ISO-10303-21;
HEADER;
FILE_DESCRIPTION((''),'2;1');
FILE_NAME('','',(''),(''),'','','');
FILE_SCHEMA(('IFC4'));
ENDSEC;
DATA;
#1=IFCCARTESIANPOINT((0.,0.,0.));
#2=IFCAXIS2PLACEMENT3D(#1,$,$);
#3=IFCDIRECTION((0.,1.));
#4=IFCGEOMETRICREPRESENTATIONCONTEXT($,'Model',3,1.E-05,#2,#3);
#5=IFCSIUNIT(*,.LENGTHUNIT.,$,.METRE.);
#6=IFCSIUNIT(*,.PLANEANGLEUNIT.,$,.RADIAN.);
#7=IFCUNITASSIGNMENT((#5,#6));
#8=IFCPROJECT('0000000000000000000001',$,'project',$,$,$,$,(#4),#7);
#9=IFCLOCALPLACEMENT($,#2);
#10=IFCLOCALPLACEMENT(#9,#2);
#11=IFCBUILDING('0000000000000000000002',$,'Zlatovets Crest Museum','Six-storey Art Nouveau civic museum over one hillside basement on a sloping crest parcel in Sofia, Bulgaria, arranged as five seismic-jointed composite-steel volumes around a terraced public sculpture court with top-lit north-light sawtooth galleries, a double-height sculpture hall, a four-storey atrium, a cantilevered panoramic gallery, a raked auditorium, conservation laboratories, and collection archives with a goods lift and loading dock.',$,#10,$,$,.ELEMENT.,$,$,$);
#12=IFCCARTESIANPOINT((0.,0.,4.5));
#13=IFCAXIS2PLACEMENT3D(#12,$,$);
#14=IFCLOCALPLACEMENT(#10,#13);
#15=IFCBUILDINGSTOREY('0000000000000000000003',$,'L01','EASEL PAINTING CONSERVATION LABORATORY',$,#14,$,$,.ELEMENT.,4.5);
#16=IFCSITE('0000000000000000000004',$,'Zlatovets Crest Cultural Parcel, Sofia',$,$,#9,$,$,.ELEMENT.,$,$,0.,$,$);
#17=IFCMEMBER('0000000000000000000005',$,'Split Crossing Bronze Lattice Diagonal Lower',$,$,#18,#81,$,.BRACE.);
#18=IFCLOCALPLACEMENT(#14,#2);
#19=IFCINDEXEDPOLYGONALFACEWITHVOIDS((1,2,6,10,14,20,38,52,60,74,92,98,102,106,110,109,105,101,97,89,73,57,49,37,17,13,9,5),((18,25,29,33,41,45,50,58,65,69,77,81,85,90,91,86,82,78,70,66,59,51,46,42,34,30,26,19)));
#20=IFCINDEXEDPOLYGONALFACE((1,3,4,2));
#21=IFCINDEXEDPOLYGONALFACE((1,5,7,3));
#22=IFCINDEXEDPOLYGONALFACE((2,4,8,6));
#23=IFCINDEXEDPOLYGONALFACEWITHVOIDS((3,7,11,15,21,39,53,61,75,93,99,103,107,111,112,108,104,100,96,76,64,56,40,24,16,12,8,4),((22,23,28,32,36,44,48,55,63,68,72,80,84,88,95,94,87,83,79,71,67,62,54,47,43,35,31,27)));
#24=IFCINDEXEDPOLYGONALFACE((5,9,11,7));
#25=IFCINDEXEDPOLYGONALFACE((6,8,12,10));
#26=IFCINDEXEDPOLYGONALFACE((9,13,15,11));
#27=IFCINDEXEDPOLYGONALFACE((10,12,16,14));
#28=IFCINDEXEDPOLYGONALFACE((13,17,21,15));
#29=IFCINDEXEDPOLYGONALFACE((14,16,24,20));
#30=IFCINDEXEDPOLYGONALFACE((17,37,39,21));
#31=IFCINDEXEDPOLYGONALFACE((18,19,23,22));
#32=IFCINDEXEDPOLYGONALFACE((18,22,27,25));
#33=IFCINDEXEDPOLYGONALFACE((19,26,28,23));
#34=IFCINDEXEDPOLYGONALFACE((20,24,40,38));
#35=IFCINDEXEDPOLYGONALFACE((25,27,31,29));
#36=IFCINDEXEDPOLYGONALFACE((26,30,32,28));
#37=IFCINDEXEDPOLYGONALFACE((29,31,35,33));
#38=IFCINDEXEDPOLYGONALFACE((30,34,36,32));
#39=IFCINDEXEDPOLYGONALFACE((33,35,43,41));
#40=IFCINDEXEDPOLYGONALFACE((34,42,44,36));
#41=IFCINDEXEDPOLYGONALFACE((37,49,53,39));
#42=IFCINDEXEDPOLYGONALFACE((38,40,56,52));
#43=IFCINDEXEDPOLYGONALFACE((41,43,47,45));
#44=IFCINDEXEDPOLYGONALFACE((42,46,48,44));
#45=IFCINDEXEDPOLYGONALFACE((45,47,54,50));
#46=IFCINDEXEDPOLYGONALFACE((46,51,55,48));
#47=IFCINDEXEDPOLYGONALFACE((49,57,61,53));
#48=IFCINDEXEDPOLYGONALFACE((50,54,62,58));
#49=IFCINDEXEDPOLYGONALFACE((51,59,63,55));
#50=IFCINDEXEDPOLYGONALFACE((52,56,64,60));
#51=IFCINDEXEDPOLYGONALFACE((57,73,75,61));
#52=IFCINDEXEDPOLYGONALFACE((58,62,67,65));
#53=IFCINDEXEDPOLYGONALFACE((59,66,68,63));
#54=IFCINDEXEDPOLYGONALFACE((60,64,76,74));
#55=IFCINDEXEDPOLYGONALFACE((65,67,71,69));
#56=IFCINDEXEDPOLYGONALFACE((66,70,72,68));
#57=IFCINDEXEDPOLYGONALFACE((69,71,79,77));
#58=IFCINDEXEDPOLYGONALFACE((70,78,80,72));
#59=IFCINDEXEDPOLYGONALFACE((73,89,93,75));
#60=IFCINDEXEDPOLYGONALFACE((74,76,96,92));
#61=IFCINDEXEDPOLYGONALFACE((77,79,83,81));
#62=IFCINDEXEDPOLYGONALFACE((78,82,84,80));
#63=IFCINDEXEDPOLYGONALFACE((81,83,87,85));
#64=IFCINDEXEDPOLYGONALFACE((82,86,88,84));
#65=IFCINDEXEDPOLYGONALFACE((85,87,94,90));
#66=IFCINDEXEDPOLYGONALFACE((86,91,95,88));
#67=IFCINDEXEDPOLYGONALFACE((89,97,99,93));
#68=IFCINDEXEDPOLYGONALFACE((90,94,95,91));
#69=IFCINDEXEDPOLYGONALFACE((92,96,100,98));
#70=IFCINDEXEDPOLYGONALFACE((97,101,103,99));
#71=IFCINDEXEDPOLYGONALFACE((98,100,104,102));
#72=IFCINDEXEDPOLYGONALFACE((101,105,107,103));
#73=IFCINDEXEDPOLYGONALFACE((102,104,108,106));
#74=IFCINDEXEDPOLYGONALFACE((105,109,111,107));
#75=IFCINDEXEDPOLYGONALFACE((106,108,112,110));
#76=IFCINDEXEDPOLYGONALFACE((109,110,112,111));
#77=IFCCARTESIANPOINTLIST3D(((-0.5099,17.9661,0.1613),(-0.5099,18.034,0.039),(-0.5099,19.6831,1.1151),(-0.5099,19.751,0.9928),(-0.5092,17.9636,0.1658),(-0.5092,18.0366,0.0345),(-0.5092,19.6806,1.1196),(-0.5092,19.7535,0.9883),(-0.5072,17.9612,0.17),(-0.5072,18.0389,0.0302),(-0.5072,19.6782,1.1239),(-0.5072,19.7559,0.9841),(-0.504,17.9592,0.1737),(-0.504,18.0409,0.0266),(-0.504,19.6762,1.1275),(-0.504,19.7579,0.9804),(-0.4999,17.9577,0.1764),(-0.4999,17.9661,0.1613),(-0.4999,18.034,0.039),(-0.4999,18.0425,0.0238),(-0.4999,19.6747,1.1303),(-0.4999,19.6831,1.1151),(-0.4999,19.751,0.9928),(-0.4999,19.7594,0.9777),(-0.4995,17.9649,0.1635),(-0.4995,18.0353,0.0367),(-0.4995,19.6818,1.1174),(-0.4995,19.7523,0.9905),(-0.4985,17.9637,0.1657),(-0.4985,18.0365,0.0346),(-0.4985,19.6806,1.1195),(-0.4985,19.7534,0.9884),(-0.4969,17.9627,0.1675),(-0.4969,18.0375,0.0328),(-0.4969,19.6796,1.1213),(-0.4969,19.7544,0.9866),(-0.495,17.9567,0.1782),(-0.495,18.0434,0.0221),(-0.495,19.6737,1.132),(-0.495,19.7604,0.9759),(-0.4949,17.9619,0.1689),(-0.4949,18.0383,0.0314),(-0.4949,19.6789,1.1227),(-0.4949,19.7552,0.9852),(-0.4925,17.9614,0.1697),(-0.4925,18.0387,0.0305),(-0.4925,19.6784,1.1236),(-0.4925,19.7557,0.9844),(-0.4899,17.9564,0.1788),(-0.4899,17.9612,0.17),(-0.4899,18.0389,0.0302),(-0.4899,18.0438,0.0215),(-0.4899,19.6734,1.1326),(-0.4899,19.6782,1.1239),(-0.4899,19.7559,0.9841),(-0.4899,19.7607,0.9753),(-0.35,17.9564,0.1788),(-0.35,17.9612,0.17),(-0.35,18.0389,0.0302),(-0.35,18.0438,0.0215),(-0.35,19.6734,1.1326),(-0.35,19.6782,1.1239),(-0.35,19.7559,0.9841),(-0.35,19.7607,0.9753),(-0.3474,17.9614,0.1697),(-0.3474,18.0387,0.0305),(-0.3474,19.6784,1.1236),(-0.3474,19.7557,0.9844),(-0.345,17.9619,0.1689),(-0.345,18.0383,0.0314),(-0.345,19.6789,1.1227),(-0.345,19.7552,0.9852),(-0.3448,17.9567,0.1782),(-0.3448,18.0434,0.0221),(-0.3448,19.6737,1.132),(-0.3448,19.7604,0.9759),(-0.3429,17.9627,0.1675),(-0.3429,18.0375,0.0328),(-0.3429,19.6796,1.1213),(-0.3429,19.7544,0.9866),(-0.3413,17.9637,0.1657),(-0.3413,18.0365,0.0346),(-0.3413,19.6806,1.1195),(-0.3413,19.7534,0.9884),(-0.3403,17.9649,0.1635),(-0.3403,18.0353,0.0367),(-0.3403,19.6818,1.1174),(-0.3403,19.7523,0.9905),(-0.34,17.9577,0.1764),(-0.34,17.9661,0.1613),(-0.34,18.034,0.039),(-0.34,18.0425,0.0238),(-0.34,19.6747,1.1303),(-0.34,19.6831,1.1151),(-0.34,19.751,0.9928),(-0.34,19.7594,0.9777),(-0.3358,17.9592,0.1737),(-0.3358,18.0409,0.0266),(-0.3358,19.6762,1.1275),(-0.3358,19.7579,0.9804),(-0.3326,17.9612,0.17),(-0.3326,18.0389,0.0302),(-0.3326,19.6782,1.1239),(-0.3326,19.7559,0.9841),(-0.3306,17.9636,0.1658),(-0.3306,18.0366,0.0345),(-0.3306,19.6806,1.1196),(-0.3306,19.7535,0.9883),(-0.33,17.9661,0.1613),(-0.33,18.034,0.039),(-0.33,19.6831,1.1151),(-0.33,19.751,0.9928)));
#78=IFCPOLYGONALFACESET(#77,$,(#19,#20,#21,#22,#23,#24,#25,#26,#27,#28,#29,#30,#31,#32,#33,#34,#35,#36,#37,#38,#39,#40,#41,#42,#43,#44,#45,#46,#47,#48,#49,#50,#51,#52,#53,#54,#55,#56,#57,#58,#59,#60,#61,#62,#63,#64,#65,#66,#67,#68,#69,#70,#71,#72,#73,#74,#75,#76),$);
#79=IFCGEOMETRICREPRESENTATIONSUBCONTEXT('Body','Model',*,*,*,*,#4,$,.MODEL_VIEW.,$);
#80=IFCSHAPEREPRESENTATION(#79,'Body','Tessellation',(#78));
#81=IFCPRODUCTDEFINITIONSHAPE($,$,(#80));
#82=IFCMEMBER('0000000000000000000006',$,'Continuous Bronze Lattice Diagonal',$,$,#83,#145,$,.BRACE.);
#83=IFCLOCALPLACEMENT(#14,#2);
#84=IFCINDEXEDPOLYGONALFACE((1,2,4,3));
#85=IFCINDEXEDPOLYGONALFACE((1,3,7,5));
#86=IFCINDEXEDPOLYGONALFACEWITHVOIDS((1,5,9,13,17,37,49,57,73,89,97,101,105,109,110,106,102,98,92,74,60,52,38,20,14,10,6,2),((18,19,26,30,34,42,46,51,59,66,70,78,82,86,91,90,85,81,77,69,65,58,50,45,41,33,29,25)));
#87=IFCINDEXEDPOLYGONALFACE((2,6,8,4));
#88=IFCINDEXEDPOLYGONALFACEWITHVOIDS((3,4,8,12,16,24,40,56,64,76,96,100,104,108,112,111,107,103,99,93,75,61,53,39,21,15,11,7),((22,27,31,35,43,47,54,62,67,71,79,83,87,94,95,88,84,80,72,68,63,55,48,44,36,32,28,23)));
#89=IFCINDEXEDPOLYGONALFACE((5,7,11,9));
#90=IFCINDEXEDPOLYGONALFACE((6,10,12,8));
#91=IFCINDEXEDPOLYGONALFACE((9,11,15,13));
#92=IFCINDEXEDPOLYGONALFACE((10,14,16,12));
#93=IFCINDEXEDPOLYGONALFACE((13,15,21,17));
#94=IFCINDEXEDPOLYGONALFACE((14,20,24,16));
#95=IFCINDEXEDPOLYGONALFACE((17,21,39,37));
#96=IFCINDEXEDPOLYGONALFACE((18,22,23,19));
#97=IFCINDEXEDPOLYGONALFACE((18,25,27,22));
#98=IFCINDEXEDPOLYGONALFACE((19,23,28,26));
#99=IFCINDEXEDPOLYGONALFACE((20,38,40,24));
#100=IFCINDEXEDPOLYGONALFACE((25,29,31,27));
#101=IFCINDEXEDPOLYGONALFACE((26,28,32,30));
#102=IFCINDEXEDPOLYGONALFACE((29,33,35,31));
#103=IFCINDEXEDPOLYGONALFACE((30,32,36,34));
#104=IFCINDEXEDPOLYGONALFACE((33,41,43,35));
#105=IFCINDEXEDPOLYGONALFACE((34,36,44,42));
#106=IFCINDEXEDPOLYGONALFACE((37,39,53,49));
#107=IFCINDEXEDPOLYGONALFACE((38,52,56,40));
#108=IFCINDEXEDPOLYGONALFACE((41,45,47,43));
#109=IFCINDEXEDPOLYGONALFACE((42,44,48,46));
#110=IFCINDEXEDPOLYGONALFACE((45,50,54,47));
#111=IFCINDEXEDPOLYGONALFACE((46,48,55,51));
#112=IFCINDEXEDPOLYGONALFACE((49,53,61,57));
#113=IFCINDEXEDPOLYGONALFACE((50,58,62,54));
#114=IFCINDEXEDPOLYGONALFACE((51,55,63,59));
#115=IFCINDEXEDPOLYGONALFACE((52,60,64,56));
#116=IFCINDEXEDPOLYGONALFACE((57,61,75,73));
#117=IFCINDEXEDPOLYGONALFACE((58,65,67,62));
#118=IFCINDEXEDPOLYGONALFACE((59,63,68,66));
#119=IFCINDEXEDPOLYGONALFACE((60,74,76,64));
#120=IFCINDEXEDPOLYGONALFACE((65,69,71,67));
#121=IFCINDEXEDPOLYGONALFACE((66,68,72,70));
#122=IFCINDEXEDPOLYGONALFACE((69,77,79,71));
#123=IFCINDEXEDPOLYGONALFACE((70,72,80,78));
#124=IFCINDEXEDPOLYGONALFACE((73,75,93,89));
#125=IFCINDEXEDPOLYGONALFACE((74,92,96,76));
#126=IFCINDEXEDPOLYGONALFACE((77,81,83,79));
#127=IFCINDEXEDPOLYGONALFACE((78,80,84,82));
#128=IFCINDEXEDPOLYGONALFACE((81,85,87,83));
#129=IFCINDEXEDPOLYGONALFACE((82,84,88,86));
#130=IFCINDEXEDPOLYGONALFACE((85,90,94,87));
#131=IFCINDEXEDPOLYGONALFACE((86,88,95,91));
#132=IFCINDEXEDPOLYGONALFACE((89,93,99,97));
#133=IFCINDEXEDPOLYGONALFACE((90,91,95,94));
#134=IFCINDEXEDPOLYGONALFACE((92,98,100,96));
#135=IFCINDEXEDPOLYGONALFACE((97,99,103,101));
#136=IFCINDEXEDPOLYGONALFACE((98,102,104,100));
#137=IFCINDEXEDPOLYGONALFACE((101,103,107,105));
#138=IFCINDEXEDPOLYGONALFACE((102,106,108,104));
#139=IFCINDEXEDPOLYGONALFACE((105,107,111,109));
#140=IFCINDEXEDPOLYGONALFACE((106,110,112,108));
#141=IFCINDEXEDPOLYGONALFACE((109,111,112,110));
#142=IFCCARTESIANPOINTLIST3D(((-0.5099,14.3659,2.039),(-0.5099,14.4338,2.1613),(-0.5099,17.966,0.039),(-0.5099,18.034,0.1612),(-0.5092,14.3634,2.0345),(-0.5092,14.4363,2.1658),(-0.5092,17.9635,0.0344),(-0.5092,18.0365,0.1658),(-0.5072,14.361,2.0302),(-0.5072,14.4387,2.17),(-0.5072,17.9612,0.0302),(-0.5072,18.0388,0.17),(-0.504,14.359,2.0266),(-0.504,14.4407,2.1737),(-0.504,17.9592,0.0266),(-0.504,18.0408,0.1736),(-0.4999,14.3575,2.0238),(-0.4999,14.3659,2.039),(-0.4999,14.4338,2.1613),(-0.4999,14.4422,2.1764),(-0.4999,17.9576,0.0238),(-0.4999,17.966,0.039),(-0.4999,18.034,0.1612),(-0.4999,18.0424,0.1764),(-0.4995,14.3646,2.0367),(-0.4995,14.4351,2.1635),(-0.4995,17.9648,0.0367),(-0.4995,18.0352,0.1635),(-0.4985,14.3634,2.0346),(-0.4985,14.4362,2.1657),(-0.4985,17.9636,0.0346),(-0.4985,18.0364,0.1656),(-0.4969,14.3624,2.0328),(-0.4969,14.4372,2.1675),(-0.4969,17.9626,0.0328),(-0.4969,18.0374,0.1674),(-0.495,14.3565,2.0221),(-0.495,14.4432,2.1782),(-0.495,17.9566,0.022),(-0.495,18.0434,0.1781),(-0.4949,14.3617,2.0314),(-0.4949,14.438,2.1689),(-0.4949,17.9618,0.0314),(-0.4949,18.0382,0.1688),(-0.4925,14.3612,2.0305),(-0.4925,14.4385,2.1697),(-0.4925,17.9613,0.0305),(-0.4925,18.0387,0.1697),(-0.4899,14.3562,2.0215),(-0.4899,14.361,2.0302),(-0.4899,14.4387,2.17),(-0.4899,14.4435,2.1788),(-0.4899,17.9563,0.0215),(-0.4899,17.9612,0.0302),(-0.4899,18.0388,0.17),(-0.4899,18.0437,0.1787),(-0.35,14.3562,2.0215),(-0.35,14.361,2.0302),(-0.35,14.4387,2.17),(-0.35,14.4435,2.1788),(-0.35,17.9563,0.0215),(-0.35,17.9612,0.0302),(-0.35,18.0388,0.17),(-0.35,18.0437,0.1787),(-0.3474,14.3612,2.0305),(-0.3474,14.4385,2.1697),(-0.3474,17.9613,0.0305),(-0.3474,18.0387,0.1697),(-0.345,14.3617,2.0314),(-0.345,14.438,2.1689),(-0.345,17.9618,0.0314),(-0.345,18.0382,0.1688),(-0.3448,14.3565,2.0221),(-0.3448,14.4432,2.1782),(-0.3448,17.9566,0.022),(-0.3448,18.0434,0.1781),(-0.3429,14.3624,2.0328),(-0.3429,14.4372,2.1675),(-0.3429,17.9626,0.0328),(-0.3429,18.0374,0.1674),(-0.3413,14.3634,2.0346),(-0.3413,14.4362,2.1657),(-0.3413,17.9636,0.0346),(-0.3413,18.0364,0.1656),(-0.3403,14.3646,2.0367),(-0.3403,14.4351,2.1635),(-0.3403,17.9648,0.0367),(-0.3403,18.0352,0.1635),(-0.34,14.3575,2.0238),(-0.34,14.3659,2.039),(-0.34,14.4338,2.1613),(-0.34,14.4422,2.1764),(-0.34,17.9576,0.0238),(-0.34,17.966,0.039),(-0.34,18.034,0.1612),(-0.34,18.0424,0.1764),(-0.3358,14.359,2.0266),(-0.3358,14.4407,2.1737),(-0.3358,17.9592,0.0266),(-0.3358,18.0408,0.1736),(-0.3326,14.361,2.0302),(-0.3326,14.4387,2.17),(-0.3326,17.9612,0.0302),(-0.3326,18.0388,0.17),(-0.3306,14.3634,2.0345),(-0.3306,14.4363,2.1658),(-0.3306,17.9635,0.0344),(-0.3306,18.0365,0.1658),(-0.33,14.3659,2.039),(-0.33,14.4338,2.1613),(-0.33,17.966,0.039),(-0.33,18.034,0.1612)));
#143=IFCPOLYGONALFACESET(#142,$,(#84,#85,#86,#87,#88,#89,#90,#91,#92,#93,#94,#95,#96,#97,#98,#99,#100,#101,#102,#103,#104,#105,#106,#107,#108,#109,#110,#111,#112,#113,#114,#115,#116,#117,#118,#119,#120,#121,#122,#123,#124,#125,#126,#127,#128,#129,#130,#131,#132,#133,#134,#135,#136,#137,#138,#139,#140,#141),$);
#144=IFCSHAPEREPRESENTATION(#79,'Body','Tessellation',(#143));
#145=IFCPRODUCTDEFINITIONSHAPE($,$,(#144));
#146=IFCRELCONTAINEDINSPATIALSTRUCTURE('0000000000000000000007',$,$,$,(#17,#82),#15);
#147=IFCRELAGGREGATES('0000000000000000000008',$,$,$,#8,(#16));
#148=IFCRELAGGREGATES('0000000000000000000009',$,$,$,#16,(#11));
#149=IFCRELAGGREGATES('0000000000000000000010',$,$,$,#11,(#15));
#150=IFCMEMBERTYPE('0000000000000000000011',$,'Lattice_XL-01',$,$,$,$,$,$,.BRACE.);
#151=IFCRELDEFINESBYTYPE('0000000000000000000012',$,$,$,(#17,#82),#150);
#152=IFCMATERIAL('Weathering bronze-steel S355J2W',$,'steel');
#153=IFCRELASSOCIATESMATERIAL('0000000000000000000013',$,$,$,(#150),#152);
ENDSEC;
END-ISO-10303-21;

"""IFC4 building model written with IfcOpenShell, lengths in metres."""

from ifc_helpers import new_model, si_unit, direction, frame, origin, origin_2d, place, context, subcontext, project, spatial, hollow_rectangle, extrude, material, material_profile, profile_set, type_object, element, save


model = new_model("IFC4")

# Units and contexts
model_context = context("Model", 3, precision=1e-05, world=origin(), true_north=direction((0.0, 1.0)))
body_context = subcontext(model_context, "Body", "Model", "MODEL_VIEW")
ifc_project = project(units=[si_unit("LENGTHUNIT", "METRE"), si_unit("PLANEANGLEUNIT", "RADIAN")], contexts=[model_context])

# Site, building, storey
site_placement = place(None, origin())
site = spatial("IfcSite", under=ifc_project, at=site_placement, Name="Zlatovets Crest Cultural Parcel, Sofia", CompositionType="ELEMENT", RefElevation=0.0)
building_placement = place(site_placement, origin())
building = spatial("IfcBuilding", under=site, at=building_placement, Name="Zlatovets Crest Museum", Description="Six-storey Art Nouveau civic museum over one hillside basement on a sloping crest parcel in Sofia, Bulgaria, arranged as five seismic-jointed composite-steel volumes around a terraced public sculpture court with top-lit north-light sawtooth galleries, a double-height sculpture hall, a four-storey atrium, a cantilevered panoramic gallery, a raked auditorium, conservation laboratories, and collection archives with a goods lift and loading dock.", CompositionType="ELEMENT")
storey_placement = place(building_placement, frame((0.0, 0.0, 4.5)))
storey = spatial("IfcBuildingStorey", under=building, at=storey_placement, Name="L01", Description="EASEL PAINTING CONSERVATION LABORATORY", CompositionType="ELEMENT", Elevation=4.5)

# Members
ifc_material_1 = material(Name="Weathering bronze-steel S355J2W", Category="steel")
ifc_material_profile_1 = material_profile(ifc_material_1, hollow_rectangle(XDim=0.1799, YDim=0.1799, WallThickness=0.01, InnerFilletRadius=0.01, OuterFilletRadius=0.02, at=origin_2d()), Name="SHS 180x180x10.0")
ifc_profile_set_1 = profile_set([ifc_material_profile_1], Name="Weathering bronze-steel S355J2W")
member_type_1 = type_object("IfcMemberType", Name="Lattice_XL-01", PredefinedType="BRACE", material=ifc_profile_set_1)
member_1_placement = place(storey_placement, frame((-0.4199, 19.717, 1.054), z_axis=(0.0, -0.874169, -0.485622), x_axis=(1.0, 0.0, 0.0)))
element("IfcMember", 1, at=member_1_placement, inside=storey, type_object=member_type_1, Name="Split Crossing Bronze Lattice Diagonal Lower", PredefinedType="BRACE", context=body_context, shape_type="SweptSolid", body=[
    extrude(hollow_rectangle(XDim=0.1799, YDim=0.1799, WallThickness=0.01, InnerFilletRadius=0.01, OuterFilletRadius=0.02, at=origin_2d()), origin(), (0.0, 0.0, 1.0), 1.9641),
])
member_2_placement = place(storey_placement, frame((-0.4199, 18.0, 0.1001), z_axis=(0.0, -0.874163, 0.485633), x_axis=(1.0, 0.0, 0.0)))
element("IfcMember", 2, at=member_2_placement, inside=storey, type_object=member_type_1, Name="Continuous Bronze Lattice Diagonal", PredefinedType="BRACE", context=body_context, shape_type="SweptSolid", body=[
    extrude(hollow_rectangle(XDim=0.1799, YDim=0.1799, WallThickness=0.01, InnerFilletRadius=0.01, OuterFilletRadius=0.02, at=origin_2d()), origin(), (0.0, 0.0, 1.0), 4.1184),
])

save(model, "model.ifc")
